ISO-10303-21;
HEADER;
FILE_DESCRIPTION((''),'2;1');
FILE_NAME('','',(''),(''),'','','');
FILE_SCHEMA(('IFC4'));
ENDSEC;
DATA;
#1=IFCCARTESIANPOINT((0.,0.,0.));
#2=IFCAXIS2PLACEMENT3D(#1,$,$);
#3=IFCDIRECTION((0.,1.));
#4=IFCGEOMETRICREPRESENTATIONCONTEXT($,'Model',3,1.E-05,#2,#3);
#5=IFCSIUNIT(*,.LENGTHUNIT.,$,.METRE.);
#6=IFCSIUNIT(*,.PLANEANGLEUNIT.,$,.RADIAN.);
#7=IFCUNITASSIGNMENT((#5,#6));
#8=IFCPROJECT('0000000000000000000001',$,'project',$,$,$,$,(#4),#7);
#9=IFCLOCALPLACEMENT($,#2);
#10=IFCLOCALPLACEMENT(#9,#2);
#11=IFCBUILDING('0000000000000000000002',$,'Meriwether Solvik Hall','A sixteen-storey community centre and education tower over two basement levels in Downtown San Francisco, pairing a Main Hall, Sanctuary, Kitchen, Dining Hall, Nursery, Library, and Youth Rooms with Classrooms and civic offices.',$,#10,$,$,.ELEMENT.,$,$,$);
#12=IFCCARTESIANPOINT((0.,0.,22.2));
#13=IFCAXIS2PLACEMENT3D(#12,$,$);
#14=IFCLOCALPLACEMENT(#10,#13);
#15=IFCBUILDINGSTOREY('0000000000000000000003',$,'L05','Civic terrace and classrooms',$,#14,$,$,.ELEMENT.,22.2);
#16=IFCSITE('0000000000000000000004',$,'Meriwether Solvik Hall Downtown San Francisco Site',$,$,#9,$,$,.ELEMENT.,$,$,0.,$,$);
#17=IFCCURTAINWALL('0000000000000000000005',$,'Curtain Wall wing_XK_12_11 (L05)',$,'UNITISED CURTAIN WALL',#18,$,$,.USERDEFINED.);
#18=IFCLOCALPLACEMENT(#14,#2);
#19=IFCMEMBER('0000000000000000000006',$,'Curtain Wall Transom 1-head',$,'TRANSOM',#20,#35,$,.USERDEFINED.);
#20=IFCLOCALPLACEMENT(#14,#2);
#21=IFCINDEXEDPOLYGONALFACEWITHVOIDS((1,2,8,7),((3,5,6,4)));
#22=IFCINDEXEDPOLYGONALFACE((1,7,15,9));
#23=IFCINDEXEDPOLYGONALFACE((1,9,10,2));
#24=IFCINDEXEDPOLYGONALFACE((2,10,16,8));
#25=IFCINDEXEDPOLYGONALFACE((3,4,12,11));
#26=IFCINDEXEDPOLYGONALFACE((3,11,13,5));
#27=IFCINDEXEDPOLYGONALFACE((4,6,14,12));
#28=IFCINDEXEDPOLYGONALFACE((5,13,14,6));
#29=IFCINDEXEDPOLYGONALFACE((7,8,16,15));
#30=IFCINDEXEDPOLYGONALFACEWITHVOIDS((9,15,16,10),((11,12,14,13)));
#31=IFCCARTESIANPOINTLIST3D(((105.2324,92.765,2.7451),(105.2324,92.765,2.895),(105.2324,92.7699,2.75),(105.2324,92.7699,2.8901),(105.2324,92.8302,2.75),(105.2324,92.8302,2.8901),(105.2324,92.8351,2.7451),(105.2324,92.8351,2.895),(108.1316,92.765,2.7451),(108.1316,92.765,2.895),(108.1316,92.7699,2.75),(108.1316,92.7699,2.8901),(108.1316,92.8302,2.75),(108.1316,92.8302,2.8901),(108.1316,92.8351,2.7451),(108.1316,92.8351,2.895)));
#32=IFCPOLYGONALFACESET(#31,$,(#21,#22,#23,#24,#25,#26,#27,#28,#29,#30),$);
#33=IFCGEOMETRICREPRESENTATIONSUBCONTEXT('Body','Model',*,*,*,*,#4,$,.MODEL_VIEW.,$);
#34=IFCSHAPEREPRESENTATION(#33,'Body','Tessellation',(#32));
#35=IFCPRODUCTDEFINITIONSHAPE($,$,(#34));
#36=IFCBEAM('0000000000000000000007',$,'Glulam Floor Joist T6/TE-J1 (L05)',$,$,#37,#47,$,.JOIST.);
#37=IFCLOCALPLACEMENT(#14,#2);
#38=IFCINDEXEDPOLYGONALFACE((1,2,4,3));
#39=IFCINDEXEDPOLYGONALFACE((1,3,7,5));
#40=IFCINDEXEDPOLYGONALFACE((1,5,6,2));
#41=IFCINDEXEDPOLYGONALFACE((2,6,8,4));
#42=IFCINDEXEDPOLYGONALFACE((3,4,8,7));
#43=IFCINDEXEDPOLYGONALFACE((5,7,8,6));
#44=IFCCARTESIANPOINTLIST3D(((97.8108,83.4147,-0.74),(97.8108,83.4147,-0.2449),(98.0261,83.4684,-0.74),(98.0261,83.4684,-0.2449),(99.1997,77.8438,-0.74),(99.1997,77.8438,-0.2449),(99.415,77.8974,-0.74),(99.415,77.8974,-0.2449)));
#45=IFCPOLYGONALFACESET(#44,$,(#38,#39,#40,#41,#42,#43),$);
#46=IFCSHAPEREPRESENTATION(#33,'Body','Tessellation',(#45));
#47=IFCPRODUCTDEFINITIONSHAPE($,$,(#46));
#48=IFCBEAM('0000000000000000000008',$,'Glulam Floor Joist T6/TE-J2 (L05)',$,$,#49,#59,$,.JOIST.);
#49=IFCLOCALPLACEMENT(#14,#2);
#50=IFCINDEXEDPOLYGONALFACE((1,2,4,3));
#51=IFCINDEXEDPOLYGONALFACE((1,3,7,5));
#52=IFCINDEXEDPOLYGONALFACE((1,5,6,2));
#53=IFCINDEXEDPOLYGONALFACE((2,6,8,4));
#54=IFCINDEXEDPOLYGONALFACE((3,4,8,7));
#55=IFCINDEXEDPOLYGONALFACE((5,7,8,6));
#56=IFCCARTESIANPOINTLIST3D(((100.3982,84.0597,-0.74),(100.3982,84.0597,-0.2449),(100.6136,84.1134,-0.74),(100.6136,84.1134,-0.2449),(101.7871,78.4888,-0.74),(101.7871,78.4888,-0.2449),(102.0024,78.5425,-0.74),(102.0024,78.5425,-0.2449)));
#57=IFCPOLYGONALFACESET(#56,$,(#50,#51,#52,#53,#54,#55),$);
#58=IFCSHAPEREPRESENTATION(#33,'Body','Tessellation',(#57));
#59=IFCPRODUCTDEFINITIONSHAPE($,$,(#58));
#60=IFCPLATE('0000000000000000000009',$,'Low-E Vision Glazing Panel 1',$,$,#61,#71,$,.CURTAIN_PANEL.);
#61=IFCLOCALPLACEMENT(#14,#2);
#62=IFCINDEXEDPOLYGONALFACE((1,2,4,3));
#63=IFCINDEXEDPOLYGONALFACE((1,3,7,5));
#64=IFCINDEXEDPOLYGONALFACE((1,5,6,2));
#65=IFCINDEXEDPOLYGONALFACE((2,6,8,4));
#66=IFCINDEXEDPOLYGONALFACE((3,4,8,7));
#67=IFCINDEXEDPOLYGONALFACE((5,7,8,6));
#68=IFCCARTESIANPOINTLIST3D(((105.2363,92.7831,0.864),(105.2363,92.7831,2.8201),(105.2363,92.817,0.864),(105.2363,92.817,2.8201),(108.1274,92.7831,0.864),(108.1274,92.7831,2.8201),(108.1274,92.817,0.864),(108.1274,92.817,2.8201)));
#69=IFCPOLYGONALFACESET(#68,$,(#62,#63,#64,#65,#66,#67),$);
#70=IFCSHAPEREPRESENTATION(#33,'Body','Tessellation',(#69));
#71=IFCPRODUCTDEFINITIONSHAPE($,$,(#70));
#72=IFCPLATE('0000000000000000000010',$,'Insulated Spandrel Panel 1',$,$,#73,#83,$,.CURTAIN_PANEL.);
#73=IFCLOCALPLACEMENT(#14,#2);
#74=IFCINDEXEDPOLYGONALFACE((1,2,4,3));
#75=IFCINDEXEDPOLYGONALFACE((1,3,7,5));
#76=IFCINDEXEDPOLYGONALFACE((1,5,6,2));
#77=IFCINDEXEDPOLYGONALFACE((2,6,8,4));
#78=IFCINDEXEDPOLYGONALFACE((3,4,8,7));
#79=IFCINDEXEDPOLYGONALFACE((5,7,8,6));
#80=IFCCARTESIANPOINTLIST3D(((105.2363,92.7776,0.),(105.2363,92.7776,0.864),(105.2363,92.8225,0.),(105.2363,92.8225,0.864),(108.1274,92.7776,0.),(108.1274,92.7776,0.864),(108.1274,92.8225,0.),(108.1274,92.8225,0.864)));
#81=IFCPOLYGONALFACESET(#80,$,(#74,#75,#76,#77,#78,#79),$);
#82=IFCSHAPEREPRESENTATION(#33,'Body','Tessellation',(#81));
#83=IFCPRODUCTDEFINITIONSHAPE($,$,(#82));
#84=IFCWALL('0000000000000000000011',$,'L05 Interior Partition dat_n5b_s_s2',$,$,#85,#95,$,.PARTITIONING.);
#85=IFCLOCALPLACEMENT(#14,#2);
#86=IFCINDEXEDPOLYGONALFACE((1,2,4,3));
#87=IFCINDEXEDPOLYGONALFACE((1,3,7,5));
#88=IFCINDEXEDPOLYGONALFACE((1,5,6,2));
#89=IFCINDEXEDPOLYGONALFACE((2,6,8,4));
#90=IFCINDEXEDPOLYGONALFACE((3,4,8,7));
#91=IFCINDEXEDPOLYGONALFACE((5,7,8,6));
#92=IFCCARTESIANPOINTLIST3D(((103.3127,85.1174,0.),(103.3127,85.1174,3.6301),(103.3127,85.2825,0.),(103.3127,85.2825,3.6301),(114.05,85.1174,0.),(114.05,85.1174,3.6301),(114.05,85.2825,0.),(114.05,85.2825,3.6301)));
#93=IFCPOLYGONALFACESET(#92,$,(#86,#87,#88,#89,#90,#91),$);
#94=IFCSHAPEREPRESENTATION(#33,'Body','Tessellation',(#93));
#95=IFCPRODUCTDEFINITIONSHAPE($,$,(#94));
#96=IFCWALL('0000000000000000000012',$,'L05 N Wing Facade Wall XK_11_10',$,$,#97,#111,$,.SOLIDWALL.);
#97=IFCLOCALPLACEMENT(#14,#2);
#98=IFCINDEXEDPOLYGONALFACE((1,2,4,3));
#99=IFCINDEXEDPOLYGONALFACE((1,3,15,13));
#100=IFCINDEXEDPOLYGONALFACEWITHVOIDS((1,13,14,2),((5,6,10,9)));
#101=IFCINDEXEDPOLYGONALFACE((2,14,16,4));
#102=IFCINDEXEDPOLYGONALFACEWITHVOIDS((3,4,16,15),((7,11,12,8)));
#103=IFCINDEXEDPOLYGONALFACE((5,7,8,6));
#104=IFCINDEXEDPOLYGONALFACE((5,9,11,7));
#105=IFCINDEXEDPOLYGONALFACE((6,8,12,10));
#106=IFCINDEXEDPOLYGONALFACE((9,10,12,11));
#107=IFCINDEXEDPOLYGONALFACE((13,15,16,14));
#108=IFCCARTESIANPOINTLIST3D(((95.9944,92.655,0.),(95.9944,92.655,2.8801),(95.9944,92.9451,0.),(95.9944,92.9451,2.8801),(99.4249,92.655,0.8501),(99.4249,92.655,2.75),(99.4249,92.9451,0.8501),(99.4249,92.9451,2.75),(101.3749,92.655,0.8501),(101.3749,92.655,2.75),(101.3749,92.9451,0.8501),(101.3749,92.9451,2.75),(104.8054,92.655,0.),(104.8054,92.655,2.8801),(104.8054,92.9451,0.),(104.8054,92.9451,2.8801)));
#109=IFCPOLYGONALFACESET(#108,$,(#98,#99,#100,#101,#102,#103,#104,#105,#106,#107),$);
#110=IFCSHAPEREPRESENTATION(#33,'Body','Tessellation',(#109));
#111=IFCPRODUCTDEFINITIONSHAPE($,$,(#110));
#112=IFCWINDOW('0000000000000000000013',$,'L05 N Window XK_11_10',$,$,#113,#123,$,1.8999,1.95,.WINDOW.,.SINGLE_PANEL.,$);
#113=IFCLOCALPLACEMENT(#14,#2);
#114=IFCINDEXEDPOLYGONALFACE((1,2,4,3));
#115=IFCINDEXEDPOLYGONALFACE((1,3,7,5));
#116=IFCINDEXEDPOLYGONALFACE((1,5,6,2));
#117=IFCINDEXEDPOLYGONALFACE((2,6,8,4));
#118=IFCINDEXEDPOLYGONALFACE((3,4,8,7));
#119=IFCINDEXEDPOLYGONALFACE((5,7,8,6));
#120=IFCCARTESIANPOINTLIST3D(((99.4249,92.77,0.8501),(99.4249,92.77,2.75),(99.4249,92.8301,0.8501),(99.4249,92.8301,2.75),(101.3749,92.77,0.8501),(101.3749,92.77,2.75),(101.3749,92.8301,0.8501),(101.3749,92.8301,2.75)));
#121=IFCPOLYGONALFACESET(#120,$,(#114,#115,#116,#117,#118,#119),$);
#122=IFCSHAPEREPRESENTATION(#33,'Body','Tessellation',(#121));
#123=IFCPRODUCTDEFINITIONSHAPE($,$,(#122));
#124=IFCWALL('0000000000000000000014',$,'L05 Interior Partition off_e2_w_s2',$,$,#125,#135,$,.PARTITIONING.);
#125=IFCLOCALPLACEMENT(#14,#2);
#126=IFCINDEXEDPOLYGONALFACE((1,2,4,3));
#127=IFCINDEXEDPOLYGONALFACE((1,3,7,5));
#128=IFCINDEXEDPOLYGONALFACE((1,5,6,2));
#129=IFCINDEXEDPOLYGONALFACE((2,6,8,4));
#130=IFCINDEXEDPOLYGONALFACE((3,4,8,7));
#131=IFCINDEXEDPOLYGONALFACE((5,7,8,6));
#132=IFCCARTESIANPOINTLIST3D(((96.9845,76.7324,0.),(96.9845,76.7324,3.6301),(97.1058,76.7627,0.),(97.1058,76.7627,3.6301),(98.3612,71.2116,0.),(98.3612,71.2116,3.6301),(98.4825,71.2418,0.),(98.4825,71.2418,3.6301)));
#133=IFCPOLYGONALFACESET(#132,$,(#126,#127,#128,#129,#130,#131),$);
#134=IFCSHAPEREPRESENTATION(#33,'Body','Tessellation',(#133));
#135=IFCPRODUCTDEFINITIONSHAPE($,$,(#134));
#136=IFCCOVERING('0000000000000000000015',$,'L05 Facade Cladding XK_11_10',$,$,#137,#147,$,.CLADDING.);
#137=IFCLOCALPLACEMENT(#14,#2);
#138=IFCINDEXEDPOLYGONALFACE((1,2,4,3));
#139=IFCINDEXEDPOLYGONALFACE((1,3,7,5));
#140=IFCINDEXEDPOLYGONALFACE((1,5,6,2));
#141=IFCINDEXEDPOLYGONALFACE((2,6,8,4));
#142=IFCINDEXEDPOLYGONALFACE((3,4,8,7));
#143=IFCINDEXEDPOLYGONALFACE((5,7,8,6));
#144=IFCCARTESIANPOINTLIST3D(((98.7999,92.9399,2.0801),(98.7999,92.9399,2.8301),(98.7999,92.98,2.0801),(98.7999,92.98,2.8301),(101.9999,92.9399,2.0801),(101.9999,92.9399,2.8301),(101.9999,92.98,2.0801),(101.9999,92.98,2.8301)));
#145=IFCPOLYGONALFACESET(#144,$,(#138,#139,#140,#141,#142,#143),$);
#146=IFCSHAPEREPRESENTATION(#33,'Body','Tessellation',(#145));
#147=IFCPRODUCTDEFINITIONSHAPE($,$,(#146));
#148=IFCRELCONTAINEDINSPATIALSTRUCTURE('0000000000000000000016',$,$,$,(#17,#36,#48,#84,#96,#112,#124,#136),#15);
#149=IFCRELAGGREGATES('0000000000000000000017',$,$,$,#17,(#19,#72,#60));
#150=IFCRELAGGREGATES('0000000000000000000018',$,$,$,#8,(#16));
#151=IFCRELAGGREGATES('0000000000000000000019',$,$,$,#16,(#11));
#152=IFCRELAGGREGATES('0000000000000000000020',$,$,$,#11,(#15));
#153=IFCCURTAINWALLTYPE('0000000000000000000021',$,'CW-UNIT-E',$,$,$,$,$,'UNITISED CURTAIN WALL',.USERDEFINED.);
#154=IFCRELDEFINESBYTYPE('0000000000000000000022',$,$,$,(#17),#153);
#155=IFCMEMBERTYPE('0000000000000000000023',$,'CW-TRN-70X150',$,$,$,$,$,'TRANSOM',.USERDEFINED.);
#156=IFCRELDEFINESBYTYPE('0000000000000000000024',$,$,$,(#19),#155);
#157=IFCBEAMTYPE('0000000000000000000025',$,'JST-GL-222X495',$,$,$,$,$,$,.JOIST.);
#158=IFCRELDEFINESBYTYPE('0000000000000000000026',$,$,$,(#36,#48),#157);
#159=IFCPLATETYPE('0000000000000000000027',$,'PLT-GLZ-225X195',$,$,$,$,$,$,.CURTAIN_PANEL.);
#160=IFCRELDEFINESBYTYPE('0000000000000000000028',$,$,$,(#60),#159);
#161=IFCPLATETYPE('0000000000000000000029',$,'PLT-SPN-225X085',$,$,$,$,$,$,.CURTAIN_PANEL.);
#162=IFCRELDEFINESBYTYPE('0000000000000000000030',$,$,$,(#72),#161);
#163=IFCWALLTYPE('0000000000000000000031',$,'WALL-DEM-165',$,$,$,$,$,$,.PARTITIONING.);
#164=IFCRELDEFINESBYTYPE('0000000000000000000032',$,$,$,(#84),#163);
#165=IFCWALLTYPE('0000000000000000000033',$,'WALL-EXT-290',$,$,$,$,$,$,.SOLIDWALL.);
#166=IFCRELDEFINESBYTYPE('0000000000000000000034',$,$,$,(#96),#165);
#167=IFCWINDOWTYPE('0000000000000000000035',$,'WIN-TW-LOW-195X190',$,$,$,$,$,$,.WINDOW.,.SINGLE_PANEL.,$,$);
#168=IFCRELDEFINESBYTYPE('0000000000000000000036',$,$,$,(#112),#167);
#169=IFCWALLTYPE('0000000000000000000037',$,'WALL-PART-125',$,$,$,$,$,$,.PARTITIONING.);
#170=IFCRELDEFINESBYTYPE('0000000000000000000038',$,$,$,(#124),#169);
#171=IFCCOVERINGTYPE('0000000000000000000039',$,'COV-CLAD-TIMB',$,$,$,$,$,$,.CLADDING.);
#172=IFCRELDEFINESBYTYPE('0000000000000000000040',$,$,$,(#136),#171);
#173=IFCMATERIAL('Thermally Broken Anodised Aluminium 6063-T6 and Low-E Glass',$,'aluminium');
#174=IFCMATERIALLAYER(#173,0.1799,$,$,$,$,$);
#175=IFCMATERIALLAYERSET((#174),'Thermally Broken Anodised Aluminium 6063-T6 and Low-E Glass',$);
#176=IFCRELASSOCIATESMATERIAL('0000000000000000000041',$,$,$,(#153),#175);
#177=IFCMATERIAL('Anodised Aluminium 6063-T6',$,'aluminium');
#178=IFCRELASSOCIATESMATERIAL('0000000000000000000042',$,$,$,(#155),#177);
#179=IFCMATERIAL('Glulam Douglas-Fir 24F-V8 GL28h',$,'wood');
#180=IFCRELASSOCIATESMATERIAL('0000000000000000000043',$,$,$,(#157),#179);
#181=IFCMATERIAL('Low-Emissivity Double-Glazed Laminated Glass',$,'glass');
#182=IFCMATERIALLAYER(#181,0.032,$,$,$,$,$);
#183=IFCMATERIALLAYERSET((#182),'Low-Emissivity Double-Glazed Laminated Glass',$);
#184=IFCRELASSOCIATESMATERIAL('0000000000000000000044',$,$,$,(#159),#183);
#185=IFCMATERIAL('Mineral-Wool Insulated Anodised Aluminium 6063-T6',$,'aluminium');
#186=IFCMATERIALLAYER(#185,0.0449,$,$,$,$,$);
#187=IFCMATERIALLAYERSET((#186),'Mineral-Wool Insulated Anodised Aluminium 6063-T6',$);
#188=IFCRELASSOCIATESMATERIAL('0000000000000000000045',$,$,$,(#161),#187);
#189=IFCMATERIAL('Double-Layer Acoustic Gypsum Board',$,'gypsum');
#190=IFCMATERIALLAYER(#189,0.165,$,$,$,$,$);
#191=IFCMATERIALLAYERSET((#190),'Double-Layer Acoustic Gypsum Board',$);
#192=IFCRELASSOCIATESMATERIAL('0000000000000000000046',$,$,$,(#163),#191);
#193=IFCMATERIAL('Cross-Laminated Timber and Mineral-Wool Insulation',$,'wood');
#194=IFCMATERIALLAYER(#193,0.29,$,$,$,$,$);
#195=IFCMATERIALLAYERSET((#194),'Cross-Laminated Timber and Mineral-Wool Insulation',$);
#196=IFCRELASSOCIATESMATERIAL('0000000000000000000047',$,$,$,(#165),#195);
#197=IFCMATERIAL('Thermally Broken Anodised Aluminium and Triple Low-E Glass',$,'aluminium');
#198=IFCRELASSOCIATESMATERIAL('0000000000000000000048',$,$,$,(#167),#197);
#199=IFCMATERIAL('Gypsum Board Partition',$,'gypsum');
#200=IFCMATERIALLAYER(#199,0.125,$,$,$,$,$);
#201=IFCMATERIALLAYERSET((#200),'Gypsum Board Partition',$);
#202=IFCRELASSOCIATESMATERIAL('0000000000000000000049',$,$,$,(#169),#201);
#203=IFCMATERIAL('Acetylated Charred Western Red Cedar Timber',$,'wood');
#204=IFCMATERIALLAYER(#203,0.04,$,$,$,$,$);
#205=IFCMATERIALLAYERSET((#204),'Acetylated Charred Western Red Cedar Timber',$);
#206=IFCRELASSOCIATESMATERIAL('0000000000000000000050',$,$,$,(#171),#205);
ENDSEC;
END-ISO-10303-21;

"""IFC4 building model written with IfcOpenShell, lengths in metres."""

from ifc_helpers import new_model, si_unit, direction, frame, frame_2d, origin, origin_2d, place, context, subcontext, project, spatial, rectangle, hollow_rectangle, extrude, material, layer, layer_set, material_profile, profile_set, type_object, element, fill, aggregate, save


model = new_model("IFC4")

# Units and contexts
model_context = context("Model", 3, precision=1e-05, world=origin(), true_north=direction((0.0, 1.0)))
body_context = subcontext(model_context, "Body", "Model", "MODEL_VIEW")
ifc_project = project(units=[si_unit("LENGTHUNIT", "METRE"), si_unit("PLANEANGLEUNIT", "RADIAN")], contexts=[model_context])

# Site, building, storey
site_placement = place(None, origin())
site = spatial("IfcSite", under=ifc_project, at=site_placement, Name="Meriwether Solvik Hall Downtown San Francisco Site", CompositionType="ELEMENT", RefElevation=0.0)
building_placement = place(site_placement, origin())
building = spatial("IfcBuilding", under=site, at=building_placement, Name="Meriwether Solvik Hall", Description="A sixteen-storey community centre and education tower over two basement levels in Downtown San Francisco, pairing a Main Hall, Sanctuary, Kitchen, Dining Hall, Nursery, Library, and Youth Rooms with Classrooms and civic offices.", CompositionType="ELEMENT")
storey_placement = place(building_placement, frame((0.0, 0.0, 22.2)))
storey = spatial("IfcBuildingStorey", under=building, at=storey_placement, Name="L05", Description="Civic terrace and classrooms", CompositionType="ELEMENT", Elevation=22.2)

# Curtain wall, member
ifc_material_1 = material(Name="Thermally Broken Anodised Aluminium 6063-T6 and Low-E Glass", Category="aluminium")
ifc_layer_1 = layer(ifc_material_1, 0.1799)
ifc_layer_set_1 = layer_set([ifc_layer_1], Name="Thermally Broken Anodised Aluminium 6063-T6 and Low-E Glass")
curtain_wall_type = type_object("IfcCurtainWallType", Name="CW-UNIT-E", ElementType="UNITISED CURTAIN WALL", PredefinedType="USERDEFINED", material=ifc_layer_set_1)
curtain_wall_placement = place(storey_placement, origin())
curtain_wall = element("IfcCurtainWall", 1, at=curtain_wall_placement, inside=storey, type_object=curtain_wall_type, Name="Curtain Wall wing_XK_12_11 (L05)", ObjectType="UNITISED CURTAIN WALL", PredefinedType="USERDEFINED")
ifc_material_2 = material(Name="Anodised Aluminium 6063-T6", Category="aluminium")
ifc_material_profile_1 = material_profile(ifc_material_2, hollow_rectangle(XDim=0.0701, YDim=0.1499, WallThickness=0.0049, at=origin_2d()), Name="CWT-70X150")
ifc_profile_set_1 = profile_set([ifc_material_profile_1], Name="Anodised Aluminium 6063-T6")
member_type_1 = type_object("IfcMemberType", Name="CW-TRN-70X150", ElementType="TRANSOM", PredefinedType="USERDEFINED", material=ifc_profile_set_1)
member_1_placement = place(storey_placement, frame((105.2324, 92.8, 2.8201), z_axis=(1.0, 0.0, 0.0), x_axis=(0.0, 1.0, 0.0)))
member_1 = element("IfcMember", 2, at=member_1_placement, type_object=member_type_1, Name="Curtain Wall Transom 1-head", ObjectType="TRANSOM", PredefinedType="USERDEFINED", context=body_context, shape_type="SweptSolid", body=[
    extrude(hollow_rectangle(XDim=0.0701, YDim=0.1499, WallThickness=0.0049, at=origin_2d()), origin(), (0.0, 0.0, 1.0), 2.8992),
])

# Beams
ifc_material_3 = material(Name="Glulam Douglas-Fir 24F-V8 GL28h", Category="wood")
ifc_material_profile_2 = material_profile(ifc_material_3, rectangle(XDim=0.2219, YDim=0.4951, at=origin_2d()), Name="GLJ-222X495")
ifc_profile_set_2 = profile_set([ifc_material_profile_2], Name="Glulam Douglas-Fir 24F-V8 GL28h")
beam_type_1 = type_object("IfcBeamType", Name="JST-GL-222X495", PredefinedType="JOIST", material=ifc_profile_set_2)
for number, where, z_axis, x_axis, name in (
    (3, (99.3074, 77.8706, -0.4924), (-0.241915, 0.970297, 0.0), (-0.970297, -0.241915, 0.0), "Glulam Floor Joist T6/TE-J1 (L05)"),
    (4, (101.8948, 78.5156, -0.4924), (-0.241905, 0.9703, 0.0), (-0.9703, -0.241905, 0.0), "Glulam Floor Joist T6/TE-J2 (L05)"),
):
    element("IfcBeam", number, at=place(storey_placement, frame(where, z_axis=z_axis, x_axis=x_axis)), inside=storey, type_object=beam_type_1, Name=name, PredefinedType="JOIST", context=body_context, shape_type="SweptSolid", body=[
        extrude(rectangle(XDim=0.2219, YDim=0.4951, at=origin_2d()), origin(), (0.0, 0.0, 1.0), 5.7415),
    ])

# Plates
ifc_material_4 = material(Name="Low-Emissivity Double-Glazed Laminated Glass", Category="glass")
ifc_layer_2 = layer(ifc_material_4, 0.032)
ifc_layer_set_2 = layer_set([ifc_layer_2], Name="Low-Emissivity Double-Glazed Laminated Glass")
plate_type_1 = type_object("IfcPlateType", Name="PLT-GLZ-225X195", PredefinedType="CURTAIN_PANEL", material=ifc_layer_set_2)
plate_1_placement = place(storey_placement, frame((106.6819, 92.8, 0.864), z_axis=(0.0, 0.0, 1.0), x_axis=(1.0, 0.0, 0.0)))
plate_1 = element("IfcPlate", 5, at=plate_1_placement, type_object=plate_type_1, Name="Low-E Vision Glazing Panel 1", PredefinedType="CURTAIN_PANEL", context=body_context, shape_type="SweptSolid", body=[
    extrude(rectangle(XDim=2.8911, YDim=0.0339, at=origin_2d()), origin(), (0.0, 0.0, 1.0), 1.9561),
])
ifc_material_5 = material(Name="Mineral-Wool Insulated Anodised Aluminium 6063-T6", Category="aluminium")
ifc_layer_3 = layer(ifc_material_5, 0.0449)
ifc_layer_set_3 = layer_set([ifc_layer_3], Name="Mineral-Wool Insulated Anodised Aluminium 6063-T6")
plate_type_2 = type_object("IfcPlateType", Name="PLT-SPN-225X085", PredefinedType="CURTAIN_PANEL", material=ifc_layer_set_3)
plate_2_placement = place(storey_placement, frame((106.6819, 92.8, 0.0), z_axis=(0.0, 0.0, 1.0), x_axis=(1.0, 0.0, 0.0)))
plate_2 = element("IfcPlate", 6, at=plate_2_placement, type_object=plate_type_2, Name="Insulated Spandrel Panel 1", PredefinedType="CURTAIN_PANEL", context=body_context, shape_type="SweptSolid", body=[
    extrude(rectangle(XDim=2.8911, YDim=0.0449, at=origin_2d()), origin(), (0.0, 0.0, 1.0), 0.864),
])
aggregate(curtain_wall, [member_1, plate_2, plate_1])

# Wall
ifc_material_6 = material(Name="Double-Layer Acoustic Gypsum Board", Category="gypsum")
ifc_layer_4 = layer(ifc_material_6, 0.165)
ifc_layer_set_4 = layer_set([ifc_layer_4], Name="Double-Layer Acoustic Gypsum Board")
wall_type_1 = type_object("IfcWallType", Name="WALL-DEM-165", PredefinedType="PARTITIONING", material=ifc_layer_set_4)
wall_1_placement = place(storey_placement, frame((103.3127, 85.2, 0.0), z_axis=(0.0, 0.0, 1.0), x_axis=(1.0, 0.0, 0.0)))
element("IfcWall", 7, at=wall_1_placement, inside=storey, type_object=wall_type_1, Name="L05 Interior Partition dat_n5b_s_s2", PredefinedType="PARTITIONING", context=body_context, shape_type="SweptSolid", body=[
    extrude(rectangle(XDim=10.7373, YDim=0.165, at=frame_2d((5.3687, 0.0))), origin(), (0.0, 0.0, 1.0), 3.6301),
])

# Wall, opening, window
ifc_material_7 = material(Name="Cross-Laminated Timber and Mineral-Wool Insulation", Category="wood")
ifc_layer_5 = layer(ifc_material_7, 0.29)
ifc_layer_set_5 = layer_set([ifc_layer_5], Name="Cross-Laminated Timber and Mineral-Wool Insulation")
wall_type_2 = type_object("IfcWallType", Name="WALL-EXT-290", PredefinedType="SOLIDWALL", material=ifc_layer_set_5)
wall_2_placement = place(storey_placement, frame((95.9944, 92.8, 0.0), z_axis=(0.0, 0.0, 1.0), x_axis=(1.0, 0.0, 0.0)))
wall_2 = element("IfcWall", 8, at=wall_2_placement, inside=storey, type_object=wall_type_2, Name="L05 N Wing Facade Wall XK_11_10", PredefinedType="SOLIDWALL", context=body_context, shape_type="SweptSolid", body=[
    extrude(rectangle(XDim=8.811, YDim=0.29, at=frame_2d((4.4055, 0.0))), origin(), (0.0, 0.0, 1.0), 2.8801),
])
opening_placement = place(wall_2_placement, frame((3.4304, 0.0, 0.8501)))
opening = element("IfcOpeningElement", 9, at=opening_placement, cuts=wall_2, PredefinedType="OPENING", context=body_context, shape_type="SweptSolid", body=[
    extrude(rectangle(XDim=1.95, YDim=1.8999, at=frame_2d((0.9751, 0.95))), frame((0.0, 0.157, 0.0), z_axis=(0.0, -1.0, 0.0), x_axis=(1.0, 0.0, 0.0)), (0.0, 0.0, 1.0), 0.314),
])
ifc_material_8 = material(Name="Thermally Broken Anodised Aluminium and Triple Low-E Glass", Category="aluminium")
window_type = type_object("IfcWindowType", Name="WIN-TW-LOW-195X190", PartitioningType="SINGLE_PANEL", PredefinedType="WINDOW", material=ifc_material_8)
window_placement = place(opening_placement, origin())
window = element("IfcWindow", 10, at=window_placement, inside=storey, type_object=window_type, Name="L05 N Window XK_11_10", OverallHeight=1.8999, OverallWidth=1.95, PartitioningType="SINGLE_PANEL", PredefinedType="WINDOW", context=body_context, shape_type="SweptSolid", body=[
    extrude(rectangle(XDim=1.95, YDim=1.8999, at=frame_2d((0.9751, 0.95))), frame((0.0, 0.03, 0.0), z_axis=(0.0, -1.0, 0.0), x_axis=(1.0, 0.0, 0.0)), (0.0, 0.0, 1.0), 0.0601),
])
fill(opening, window)

# Wall
ifc_material_9 = material(Name="Gypsum Board Partition", Category="gypsum")
ifc_layer_6 = layer(ifc_material_9, 0.125)
ifc_layer_set_6 = layer_set([ifc_layer_6], Name="Gypsum Board Partition")
wall_type_3 = type_object("IfcWallType", Name="WALL-PART-125", PredefinedType="PARTITIONING", material=ifc_layer_set_6)
wall_3_placement = place(storey_placement, frame((97.0452, 76.7476, 0.0), z_axis=(0.0, 0.0, 1.0), x_axis=(0.24195, -0.970289, 0.0)))
element("IfcWall", 11, at=wall_3_placement, inside=storey, type_object=wall_type_3, Name="L05 Interior Partition off_e2_w_s2", PredefinedType="PARTITIONING", context=body_context, shape_type="SweptSolid", body=[
    extrude(rectangle(XDim=5.6899, YDim=0.125, at=frame_2d((2.845, 0.0))), origin(), (0.0, 0.0, 1.0), 3.6301),
])

# Covering
ifc_material_10 = material(Name="Acetylated Charred Western Red Cedar Timber", Category="wood")
ifc_layer_7 = layer(ifc_material_10, 0.04)
ifc_layer_set_7 = layer_set([ifc_layer_7], Name="Acetylated Charred Western Red Cedar Timber")
covering_type = type_object("IfcCoveringType", Name="COV-CLAD-TIMB", PredefinedType="CLADDING", material=ifc_layer_set_7)
covering_placement = place(storey_placement, frame((100.3999, 92.96, 2.0801), z_axis=(0.0, 0.0, 1.0), x_axis=(1.0, 0.0, 0.0)))
element("IfcCovering", 12, at=covering_placement, inside=storey, type_object=covering_type, Name="L05 Facade Cladding XK_11_10", PredefinedType="CLADDING", context=body_context, shape_type="SweptSolid", body=[
    extrude(rectangle(XDim=3.2, YDim=0.04, at=origin_2d()), origin(), (0.0, 0.0, 1.0), 0.75),
])

save(model, "model.ifc")
